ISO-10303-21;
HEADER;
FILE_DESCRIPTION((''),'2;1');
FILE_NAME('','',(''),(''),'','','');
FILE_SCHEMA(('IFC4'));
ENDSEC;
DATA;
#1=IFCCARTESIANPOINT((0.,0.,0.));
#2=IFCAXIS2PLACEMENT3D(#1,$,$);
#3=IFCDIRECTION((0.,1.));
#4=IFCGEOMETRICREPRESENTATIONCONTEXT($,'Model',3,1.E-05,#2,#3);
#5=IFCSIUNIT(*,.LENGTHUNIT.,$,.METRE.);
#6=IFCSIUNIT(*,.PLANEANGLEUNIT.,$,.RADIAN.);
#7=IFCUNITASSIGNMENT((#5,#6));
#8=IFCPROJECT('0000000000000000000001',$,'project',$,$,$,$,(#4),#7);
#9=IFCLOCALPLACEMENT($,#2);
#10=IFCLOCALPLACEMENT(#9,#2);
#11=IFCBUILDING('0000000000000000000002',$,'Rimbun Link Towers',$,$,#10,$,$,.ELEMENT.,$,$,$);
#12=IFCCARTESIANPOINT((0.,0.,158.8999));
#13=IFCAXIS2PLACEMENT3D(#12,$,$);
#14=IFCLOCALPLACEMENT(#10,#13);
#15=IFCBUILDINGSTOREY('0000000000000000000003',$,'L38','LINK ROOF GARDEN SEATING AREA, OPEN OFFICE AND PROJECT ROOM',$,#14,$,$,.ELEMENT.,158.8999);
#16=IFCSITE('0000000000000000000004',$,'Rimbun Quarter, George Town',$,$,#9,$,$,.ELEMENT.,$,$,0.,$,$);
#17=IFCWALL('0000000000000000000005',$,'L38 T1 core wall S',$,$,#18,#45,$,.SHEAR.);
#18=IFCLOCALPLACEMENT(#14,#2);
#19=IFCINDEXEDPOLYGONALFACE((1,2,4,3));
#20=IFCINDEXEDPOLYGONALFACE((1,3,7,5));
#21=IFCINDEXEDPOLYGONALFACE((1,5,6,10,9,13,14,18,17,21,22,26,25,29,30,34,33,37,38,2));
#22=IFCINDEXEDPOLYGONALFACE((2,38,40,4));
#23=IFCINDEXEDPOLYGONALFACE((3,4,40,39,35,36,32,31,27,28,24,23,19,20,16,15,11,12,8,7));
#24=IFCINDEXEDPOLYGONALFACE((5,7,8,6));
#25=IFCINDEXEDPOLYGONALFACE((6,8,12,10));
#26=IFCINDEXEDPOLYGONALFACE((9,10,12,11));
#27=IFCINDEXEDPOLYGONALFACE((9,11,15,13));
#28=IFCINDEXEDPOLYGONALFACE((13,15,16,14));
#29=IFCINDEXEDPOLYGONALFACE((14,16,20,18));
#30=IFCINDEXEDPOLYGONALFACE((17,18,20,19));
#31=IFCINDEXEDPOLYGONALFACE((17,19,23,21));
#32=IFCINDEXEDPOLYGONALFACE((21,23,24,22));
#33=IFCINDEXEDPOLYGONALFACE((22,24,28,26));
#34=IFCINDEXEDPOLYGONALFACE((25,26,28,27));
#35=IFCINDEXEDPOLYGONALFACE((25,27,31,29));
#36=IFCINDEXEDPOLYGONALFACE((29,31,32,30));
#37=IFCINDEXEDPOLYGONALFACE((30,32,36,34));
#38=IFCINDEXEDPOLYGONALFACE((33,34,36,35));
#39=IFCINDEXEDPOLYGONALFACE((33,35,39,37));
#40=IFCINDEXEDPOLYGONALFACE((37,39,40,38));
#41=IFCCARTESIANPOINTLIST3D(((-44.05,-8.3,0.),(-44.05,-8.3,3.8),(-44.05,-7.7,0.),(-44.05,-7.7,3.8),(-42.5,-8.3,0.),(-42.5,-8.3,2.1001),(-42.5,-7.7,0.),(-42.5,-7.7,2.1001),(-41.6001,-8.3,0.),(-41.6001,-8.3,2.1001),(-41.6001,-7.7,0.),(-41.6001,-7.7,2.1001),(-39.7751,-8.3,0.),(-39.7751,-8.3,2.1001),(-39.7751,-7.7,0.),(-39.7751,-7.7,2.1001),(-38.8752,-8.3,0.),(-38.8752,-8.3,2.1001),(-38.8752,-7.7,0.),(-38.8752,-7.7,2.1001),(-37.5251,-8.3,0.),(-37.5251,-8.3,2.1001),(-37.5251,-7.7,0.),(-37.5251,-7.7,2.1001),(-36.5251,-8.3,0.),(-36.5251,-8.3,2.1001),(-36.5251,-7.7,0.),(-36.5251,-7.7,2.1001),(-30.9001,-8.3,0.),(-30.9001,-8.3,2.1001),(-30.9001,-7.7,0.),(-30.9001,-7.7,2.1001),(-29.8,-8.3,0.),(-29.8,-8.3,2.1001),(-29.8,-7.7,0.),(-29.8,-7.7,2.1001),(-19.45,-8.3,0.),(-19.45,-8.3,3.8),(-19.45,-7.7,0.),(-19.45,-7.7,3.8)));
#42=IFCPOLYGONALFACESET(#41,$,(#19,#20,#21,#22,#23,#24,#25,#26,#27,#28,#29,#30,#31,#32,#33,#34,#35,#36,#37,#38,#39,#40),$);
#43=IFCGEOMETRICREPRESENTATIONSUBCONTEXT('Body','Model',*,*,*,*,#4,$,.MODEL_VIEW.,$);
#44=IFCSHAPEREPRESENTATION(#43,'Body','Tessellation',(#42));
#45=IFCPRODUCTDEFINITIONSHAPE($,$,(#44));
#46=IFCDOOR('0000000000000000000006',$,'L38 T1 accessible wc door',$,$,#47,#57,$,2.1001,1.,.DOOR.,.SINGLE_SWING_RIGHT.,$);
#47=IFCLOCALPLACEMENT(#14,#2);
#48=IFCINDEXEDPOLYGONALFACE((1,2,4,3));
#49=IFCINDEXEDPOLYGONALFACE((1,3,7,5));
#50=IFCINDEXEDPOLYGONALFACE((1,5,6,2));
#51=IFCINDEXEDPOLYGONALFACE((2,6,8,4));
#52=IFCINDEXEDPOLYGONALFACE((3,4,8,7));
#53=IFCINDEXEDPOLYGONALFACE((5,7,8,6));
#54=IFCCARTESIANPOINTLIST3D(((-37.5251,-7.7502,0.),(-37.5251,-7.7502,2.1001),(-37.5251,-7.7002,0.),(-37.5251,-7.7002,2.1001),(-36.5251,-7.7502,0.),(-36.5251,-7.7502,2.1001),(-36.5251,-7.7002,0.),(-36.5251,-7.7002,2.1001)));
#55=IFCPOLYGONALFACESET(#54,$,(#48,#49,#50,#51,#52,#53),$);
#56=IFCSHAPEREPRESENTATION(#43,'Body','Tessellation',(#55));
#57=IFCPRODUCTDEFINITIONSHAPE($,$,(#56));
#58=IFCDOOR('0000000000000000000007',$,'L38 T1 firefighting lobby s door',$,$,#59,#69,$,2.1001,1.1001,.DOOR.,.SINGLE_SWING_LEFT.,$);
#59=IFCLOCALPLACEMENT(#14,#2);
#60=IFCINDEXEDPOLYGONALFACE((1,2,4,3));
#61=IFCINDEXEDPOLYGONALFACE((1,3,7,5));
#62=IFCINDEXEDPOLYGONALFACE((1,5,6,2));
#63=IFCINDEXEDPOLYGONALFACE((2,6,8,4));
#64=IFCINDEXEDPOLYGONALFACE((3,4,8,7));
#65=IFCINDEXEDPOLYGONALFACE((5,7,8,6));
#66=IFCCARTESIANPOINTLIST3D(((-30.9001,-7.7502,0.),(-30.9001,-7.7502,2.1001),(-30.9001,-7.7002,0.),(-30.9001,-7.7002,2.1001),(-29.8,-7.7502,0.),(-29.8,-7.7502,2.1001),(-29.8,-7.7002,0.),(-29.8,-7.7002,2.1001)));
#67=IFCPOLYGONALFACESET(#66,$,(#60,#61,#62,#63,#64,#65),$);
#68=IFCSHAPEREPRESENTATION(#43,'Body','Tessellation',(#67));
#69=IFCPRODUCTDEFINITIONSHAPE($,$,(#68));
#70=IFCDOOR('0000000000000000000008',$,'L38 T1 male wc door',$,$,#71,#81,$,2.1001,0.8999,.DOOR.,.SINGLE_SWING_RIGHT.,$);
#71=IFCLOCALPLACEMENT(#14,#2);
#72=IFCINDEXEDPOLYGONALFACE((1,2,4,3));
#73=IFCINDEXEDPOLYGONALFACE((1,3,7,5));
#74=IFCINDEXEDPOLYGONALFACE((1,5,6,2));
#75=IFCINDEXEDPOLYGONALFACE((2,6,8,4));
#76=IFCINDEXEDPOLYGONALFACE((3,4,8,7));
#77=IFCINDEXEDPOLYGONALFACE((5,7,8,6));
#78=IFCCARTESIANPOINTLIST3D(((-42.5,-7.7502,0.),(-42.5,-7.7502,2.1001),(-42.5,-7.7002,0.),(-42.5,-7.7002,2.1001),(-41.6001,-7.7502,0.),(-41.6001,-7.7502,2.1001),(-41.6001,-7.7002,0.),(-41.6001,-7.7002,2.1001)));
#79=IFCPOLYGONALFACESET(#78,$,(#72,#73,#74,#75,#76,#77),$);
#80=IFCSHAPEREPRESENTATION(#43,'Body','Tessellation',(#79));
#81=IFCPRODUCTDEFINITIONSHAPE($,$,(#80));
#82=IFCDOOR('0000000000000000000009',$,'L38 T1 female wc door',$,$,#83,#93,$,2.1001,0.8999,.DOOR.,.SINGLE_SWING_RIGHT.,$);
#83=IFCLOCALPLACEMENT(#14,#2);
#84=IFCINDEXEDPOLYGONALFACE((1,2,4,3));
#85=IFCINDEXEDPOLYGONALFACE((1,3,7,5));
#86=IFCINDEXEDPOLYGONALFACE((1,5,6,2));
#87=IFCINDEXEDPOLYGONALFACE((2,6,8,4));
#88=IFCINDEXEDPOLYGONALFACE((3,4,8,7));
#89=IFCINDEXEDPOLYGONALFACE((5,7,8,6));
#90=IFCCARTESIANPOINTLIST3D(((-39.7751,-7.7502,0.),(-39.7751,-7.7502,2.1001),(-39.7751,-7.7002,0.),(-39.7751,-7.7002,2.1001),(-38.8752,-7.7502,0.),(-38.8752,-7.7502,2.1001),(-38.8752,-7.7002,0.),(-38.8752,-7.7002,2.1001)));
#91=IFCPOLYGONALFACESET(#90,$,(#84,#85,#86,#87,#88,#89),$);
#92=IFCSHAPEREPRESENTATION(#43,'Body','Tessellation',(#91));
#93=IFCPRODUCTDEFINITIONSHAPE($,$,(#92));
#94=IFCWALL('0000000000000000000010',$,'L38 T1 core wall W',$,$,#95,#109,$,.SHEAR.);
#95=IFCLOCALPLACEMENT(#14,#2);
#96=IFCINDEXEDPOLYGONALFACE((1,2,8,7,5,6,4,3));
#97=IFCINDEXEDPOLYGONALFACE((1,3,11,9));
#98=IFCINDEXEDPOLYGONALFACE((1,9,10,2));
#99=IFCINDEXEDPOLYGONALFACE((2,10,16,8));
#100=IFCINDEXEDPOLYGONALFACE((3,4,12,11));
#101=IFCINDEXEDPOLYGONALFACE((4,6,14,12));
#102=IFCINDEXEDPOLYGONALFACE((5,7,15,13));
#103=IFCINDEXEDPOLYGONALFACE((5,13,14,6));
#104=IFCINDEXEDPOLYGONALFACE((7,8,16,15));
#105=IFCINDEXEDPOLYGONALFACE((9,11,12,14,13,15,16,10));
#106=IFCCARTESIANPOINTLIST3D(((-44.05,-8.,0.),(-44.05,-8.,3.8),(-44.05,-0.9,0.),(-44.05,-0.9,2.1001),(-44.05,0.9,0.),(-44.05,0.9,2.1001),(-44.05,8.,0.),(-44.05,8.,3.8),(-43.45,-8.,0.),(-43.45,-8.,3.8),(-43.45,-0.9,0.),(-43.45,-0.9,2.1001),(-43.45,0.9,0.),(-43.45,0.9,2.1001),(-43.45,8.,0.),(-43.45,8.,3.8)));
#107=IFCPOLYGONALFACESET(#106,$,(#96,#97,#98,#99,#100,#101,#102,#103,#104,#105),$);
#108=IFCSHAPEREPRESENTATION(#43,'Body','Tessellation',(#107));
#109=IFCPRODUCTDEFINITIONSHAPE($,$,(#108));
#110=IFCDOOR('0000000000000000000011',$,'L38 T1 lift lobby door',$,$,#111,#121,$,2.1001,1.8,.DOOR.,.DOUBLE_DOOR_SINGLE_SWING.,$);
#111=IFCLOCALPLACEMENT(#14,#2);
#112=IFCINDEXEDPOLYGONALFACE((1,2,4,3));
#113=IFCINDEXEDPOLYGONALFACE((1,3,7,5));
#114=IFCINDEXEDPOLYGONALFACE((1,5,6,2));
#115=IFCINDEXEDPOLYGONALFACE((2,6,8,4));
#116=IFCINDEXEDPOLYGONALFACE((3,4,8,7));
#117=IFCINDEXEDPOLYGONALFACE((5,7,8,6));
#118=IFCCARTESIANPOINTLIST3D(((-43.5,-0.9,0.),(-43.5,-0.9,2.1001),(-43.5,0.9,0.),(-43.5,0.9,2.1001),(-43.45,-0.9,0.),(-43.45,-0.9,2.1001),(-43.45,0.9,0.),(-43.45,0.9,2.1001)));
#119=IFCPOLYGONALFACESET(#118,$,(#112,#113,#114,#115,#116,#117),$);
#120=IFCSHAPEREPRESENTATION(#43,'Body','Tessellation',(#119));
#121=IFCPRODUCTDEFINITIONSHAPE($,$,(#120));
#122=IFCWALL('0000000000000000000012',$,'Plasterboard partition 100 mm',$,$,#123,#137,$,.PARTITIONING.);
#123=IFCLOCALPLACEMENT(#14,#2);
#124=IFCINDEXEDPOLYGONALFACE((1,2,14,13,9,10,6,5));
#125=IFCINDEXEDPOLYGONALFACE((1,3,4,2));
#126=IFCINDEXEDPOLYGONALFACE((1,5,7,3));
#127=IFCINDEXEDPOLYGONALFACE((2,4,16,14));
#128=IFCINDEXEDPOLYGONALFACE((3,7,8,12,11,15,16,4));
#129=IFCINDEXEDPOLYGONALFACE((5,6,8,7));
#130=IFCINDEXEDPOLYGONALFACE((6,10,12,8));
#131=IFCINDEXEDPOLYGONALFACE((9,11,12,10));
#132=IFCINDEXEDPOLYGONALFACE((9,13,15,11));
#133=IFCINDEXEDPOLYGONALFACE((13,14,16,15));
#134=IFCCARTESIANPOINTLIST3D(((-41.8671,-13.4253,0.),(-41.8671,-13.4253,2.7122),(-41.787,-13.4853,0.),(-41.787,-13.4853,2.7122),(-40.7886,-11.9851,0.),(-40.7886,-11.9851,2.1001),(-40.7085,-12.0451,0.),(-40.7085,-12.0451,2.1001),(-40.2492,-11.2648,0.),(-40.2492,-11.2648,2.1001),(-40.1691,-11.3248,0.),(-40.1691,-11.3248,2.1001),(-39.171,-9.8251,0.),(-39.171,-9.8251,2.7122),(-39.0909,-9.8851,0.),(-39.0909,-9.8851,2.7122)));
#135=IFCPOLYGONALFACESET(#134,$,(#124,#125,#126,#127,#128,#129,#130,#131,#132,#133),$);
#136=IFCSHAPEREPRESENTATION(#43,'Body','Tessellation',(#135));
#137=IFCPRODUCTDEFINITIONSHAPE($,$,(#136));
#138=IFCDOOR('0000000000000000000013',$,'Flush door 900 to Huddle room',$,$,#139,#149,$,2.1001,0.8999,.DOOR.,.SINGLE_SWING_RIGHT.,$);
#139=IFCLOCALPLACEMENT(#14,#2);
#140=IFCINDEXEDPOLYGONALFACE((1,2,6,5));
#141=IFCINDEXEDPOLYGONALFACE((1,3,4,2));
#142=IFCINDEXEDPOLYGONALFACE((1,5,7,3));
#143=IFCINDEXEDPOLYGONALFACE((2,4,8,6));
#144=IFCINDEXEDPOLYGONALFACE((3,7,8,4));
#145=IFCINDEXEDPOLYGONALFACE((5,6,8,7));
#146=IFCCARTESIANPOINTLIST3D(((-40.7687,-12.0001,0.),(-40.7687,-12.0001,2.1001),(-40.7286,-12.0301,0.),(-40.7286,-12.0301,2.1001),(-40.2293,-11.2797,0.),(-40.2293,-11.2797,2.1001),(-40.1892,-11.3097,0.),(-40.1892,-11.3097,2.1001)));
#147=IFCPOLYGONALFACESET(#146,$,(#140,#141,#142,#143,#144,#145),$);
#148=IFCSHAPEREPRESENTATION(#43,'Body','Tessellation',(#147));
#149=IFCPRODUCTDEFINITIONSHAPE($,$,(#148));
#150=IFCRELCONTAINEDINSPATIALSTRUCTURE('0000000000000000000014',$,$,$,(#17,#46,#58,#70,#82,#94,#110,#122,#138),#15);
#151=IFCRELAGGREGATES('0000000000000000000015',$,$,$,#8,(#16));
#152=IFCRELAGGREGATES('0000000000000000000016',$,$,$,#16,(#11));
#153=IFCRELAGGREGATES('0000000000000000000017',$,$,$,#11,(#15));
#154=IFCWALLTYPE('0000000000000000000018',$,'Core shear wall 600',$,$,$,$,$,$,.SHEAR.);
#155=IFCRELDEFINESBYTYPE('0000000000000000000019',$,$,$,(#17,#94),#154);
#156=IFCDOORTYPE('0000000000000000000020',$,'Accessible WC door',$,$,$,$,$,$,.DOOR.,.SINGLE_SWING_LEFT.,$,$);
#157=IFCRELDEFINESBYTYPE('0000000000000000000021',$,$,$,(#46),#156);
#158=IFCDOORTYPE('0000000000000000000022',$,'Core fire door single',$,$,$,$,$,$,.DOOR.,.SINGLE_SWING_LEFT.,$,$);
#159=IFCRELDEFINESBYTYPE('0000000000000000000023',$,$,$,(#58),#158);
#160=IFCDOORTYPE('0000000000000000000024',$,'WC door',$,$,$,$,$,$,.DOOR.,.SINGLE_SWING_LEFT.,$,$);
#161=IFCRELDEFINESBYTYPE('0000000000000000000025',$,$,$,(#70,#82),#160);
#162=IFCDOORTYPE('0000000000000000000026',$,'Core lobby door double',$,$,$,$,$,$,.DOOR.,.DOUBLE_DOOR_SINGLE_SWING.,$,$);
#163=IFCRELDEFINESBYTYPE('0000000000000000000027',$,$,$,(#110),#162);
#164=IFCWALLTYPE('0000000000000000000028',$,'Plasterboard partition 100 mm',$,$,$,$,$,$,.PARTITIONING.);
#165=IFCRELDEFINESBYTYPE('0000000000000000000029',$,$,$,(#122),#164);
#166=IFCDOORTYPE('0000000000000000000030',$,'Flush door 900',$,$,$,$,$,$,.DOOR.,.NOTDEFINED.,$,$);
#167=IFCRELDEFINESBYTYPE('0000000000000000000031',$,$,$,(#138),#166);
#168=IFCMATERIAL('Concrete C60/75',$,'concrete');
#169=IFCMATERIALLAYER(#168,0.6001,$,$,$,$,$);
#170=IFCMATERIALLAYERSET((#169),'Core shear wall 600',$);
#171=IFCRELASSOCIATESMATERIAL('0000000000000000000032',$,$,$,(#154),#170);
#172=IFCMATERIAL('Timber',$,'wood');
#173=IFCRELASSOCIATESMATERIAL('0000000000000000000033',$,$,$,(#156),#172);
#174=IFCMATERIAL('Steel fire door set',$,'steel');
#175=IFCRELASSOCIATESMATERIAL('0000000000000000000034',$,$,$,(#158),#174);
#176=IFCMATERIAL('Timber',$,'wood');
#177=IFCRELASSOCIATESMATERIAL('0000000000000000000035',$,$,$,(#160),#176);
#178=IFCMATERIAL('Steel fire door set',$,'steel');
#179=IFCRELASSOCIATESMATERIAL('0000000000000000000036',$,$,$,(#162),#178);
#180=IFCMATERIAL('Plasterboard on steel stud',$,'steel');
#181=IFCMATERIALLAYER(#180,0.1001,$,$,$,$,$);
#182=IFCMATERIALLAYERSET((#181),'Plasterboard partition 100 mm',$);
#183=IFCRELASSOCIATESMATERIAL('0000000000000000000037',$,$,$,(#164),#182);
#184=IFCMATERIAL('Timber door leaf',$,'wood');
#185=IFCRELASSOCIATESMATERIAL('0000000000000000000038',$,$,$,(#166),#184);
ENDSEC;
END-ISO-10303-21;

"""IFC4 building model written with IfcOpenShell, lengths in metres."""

from ifc_helpers import new_model, si_unit, direction, frame, frame_2d, origin, place, context, subcontext, project, spatial, rectangle, extrude, material, layer, layer_set, type_object, element, fill, save


model = new_model("IFC4")

# Units and contexts
model_context = context("Model", 3, precision=1e-05, world=origin(), true_north=direction((0.0, 1.0)))
body_context = subcontext(model_context, "Body", "Model", "MODEL_VIEW")
ifc_project = project(units=[si_unit("LENGTHUNIT", "METRE"), si_unit("PLANEANGLEUNIT", "RADIAN")], contexts=[model_context])

# Site, building, storey
site_placement = place(None, origin())
site = spatial("IfcSite", under=ifc_project, at=site_placement, Name="Rimbun Quarter, George Town", CompositionType="ELEMENT", RefElevation=0.0)
building_placement = place(site_placement, origin())
building = spatial("IfcBuilding", under=site, at=building_placement, Name="Rimbun Link Towers", CompositionType="ELEMENT")
storey_placement = place(building_placement, frame((0.0, 0.0, 158.8999)))
storey = spatial("IfcBuildingStorey", under=building, at=storey_placement, Name="L38", Description="LINK ROOF GARDEN SEATING AREA, OPEN OFFICE AND PROJECT ROOM", CompositionType="ELEMENT", Elevation=158.8999)

# Wall, openings, doors
ifc_material_1 = material(Name="Concrete C60/75", Category="concrete")
ifc_layer_1 = layer(ifc_material_1, 0.6001)
ifc_layer_set_1 = layer_set([ifc_layer_1], Name="Core shear wall 600")
wall_type_1 = type_object("IfcWallType", Name="Core shear wall 600", PredefinedType="SHEAR", material=ifc_layer_set_1)
wall_1_placement = place(storey_placement, frame((-44.05, -8.0, 0.0), z_axis=(0.0, 0.0, 1.0), x_axis=(1.0, 0.0, 0.0)))
wall_1 = element("IfcWall", 1, at=wall_1_placement, inside=storey, type_object=wall_type_1, Name="L38 T1 core wall S", PredefinedType="SHEAR", context=body_context, shape_type="SweptSolid", body=[
    extrude(rectangle(XDim=24.6001, YDim=0.6001, at=frame_2d((12.3, 0.0))), origin(), (0.0, 0.0, 1.0), 3.8),
])
opening_1_placement = place(wall_1_placement, frame((13.1499, 0.0, 0.0)))
opening_1 = element("IfcOpeningElement", 2, at=opening_1_placement, cuts=wall_1, PredefinedType="OPENING", context=body_context, shape_type="SweptSolid", body=[
    extrude(rectangle(XDim=1.1001, YDim=2.1001, at=frame_2d((0.55, 1.05))), frame((0.0, 0.3101, 0.0), z_axis=(0.0, -1.0, 0.0), x_axis=(1.0, 0.0, 0.0)), (0.0, 0.0, 1.0), 0.6201),
])
opening_2_placement = place(wall_1_placement, frame((1.55, 0.0, 0.0)))
opening_2 = element("IfcOpeningElement", 3, at=opening_2_placement, cuts=wall_1, PredefinedType="OPENING", context=body_context, shape_type="SweptSolid", body=[
    extrude(rectangle(XDim=0.8999, YDim=2.1001, at=frame_2d((0.45, 1.05))), frame((0.0, 0.3101, 0.0), z_axis=(0.0, -1.0, 0.0), x_axis=(1.0, 0.0, 0.0)), (0.0, 0.0, 1.0), 0.6201),
])
opening_3_placement = place(wall_1_placement, frame((4.2749, 0.0, 0.0)))
opening_3 = element("IfcOpeningElement", 4, at=opening_3_placement, cuts=wall_1, PredefinedType="OPENING", context=body_context, shape_type="SweptSolid", body=[
    extrude(rectangle(XDim=0.8999, YDim=2.1001, at=frame_2d((0.45, 1.05))), frame((0.0, 0.3101, 0.0), z_axis=(0.0, -1.0, 0.0), x_axis=(1.0, 0.0, 0.0)), (0.0, 0.0, 1.0), 0.6201),
])
opening_4_placement = place(wall_1_placement, frame((6.5249, 0.0, 0.0)))
opening_4 = element("IfcOpeningElement", 5, at=opening_4_placement, cuts=wall_1, PredefinedType="OPENING", context=body_context, shape_type="SweptSolid", body=[
    extrude(rectangle(XDim=1.0, YDim=2.1001, at=frame_2d((0.5, 1.05))), frame((0.0, 0.3101, 0.0), z_axis=(0.0, -1.0, 0.0), x_axis=(1.0, 0.0, 0.0)), (0.0, 0.0, 1.0), 0.6201),
])
ifc_material_2 = material(Name="Timber", Category="wood")
door_type_1 = type_object("IfcDoorType", Name="Accessible WC door", OperationType="SINGLE_SWING_LEFT", PredefinedType="DOOR", material=ifc_material_2)
door_1_placement = place(opening_4_placement, origin())
door_1 = element("IfcDoor", 6, at=door_1_placement, inside=storey, type_object=door_type_1, Name="L38 T1 accessible wc door", OperationType="SINGLE_SWING_RIGHT", OverallHeight=2.1001, OverallWidth=1.0, PredefinedType="DOOR", context=body_context, shape_type="SweptSolid", body=[
    extrude(rectangle(XDim=1.0, YDim=2.1001, at=frame_2d((0.5, 1.05))), frame((0.0, 0.2998, 0.0), z_axis=(0.0, -1.0, 0.0), x_axis=(1.0, 0.0, 0.0)), (0.0, 0.0, 1.0), 0.05),
])
fill(opening_4, door_1)
ifc_material_3 = material(Name="Steel fire door set", Category="steel")
door_type_2 = type_object("IfcDoorType", Name="Core fire door single", OperationType="SINGLE_SWING_LEFT", PredefinedType="DOOR", material=ifc_material_3)
door_2_placement = place(opening_1_placement, origin())
door_2 = element("IfcDoor", 7, at=door_2_placement, inside=storey, type_object=door_type_2, Name="L38 T1 firefighting lobby s door", OperationType="SINGLE_SWING_LEFT", OverallHeight=2.1001, OverallWidth=1.1001, PredefinedType="DOOR", context=body_context, shape_type="SweptSolid", body=[
    extrude(rectangle(XDim=1.1001, YDim=2.1001, at=frame_2d((0.55, 1.05))), frame((0.0, 0.2998, 0.0), z_axis=(0.0, -1.0, 0.0), x_axis=(1.0, 0.0, 0.0)), (0.0, 0.0, 1.0), 0.05),
])
fill(opening_1, door_2)
ifc_material_4 = material(Name="Timber", Category="wood")
door_type_3 = type_object("IfcDoorType", Name="WC door", OperationType="SINGLE_SWING_LEFT", PredefinedType="DOOR", material=ifc_material_4)
door_3_placement = place(opening_2_placement, origin())
door_3 = element("IfcDoor", 8, at=door_3_placement, inside=storey, type_object=door_type_3, Name="L38 T1 male wc door", OperationType="SINGLE_SWING_RIGHT", OverallHeight=2.1001, OverallWidth=0.8999, PredefinedType="DOOR", context=body_context, shape_type="SweptSolid", body=[
    extrude(rectangle(XDim=0.8999, YDim=2.1001, at=frame_2d((0.45, 1.05))), frame((0.0, 0.2998, 0.0), z_axis=(0.0, -1.0, 0.0), x_axis=(1.0, 0.0, 0.0)), (0.0, 0.0, 1.0), 0.05),
])
fill(opening_2, door_3)
door_4_placement = place(opening_3_placement, origin())
door_4 = element("IfcDoor", 9, at=door_4_placement, inside=storey, type_object=door_type_3, Name="L38 T1 female wc door", OperationType="SINGLE_SWING_RIGHT", OverallHeight=2.1001, OverallWidth=0.8999, PredefinedType="DOOR", context=body_context, shape_type="SweptSolid", body=[
    extrude(rectangle(XDim=0.8999, YDim=2.1001, at=frame_2d((0.45, 1.05))), frame((0.0, 0.2998, 0.0), z_axis=(0.0, -1.0, 0.0), x_axis=(1.0, 0.0, 0.0)), (0.0, 0.0, 1.0), 0.05),
])
fill(opening_3, door_4)

# Walls, openings, doors
wall_2_placement = place(storey_placement, frame((-43.75, -8.0, 0.0), z_axis=(0.0, 0.0, 1.0), x_axis=(0.0, 1.0, 0.0)))
wall_2 = element("IfcWall", 10, at=wall_2_placement, inside=storey, type_object=wall_type_1, Name="L38 T1 core wall W", PredefinedType="SHEAR", context=body_context, shape_type="SweptSolid", body=[
    extrude(rectangle(XDim=16.0, YDim=0.6001, at=frame_2d((8.0, 0.0))), origin(), (0.0, 0.0, 1.0), 3.8),
])
opening_5_placement = place(wall_2_placement, frame((7.1001, 0.0, 0.0)))
opening_5 = element("IfcOpeningElement", 11, at=opening_5_placement, cuts=wall_2, PredefinedType="OPENING", context=body_context, shape_type="SweptSolid", body=[
    extrude(rectangle(XDim=1.8, YDim=2.1001, at=frame_2d((0.8999, 1.05))), frame((0.0, 0.3101, 0.0), z_axis=(0.0, -1.0, 0.0), x_axis=(1.0, 0.0, 0.0)), (0.0, 0.0, 1.0), 0.6201),
])
ifc_material_5 = material(Name="Steel fire door set", Category="steel")
door_type_4 = type_object("IfcDoorType", Name="Core lobby door double", OperationType="DOUBLE_DOOR_SINGLE_SWING", PredefinedType="DOOR", material=ifc_material_5)
door_5_placement = place(opening_5_placement, origin())
door_5 = element("IfcDoor", 12, at=door_5_placement, inside=storey, type_object=door_type_4, Name="L38 T1 lift lobby door", OperationType="DOUBLE_DOOR_SINGLE_SWING", OverallHeight=2.1001, OverallWidth=1.8, PredefinedType="DOOR", context=body_context, shape_type="SweptSolid", body=[
    extrude(rectangle(XDim=1.8, YDim=2.1001, at=frame_2d((0.8999, 1.05))), frame((0.0, -0.25, 0.0), z_axis=(0.0, -1.0, 0.0), x_axis=(1.0, 0.0, 0.0)), (0.0, 0.0, 1.0), 0.05),
])
fill(opening_5, door_5)
ifc_material_6 = material(Name="Plasterboard on steel stud", Category="steel")
ifc_layer_2 = layer(ifc_material_6, 0.1001)
ifc_layer_set_2 = layer_set([ifc_layer_2], Name="Plasterboard partition 100 mm")
wall_type_2 = type_object("IfcWallType", Name="Plasterboard partition 100 mm", PredefinedType="PARTITIONING", material=ifc_layer_set_2)
wall_3_placement = place(storey_placement, frame((-39.1309, -9.855, 0.0), z_axis=(0.0, 0.0, 1.0), x_axis=(-0.599427, -0.80043, 0.0)))
wall_3 = element("IfcWall", 13, at=wall_3_placement, inside=storey, type_object=wall_type_2, Name="Plasterboard partition 100 mm", PredefinedType="PARTITIONING", context=body_context, shape_type="SweptSolid", body=[
    extrude(rectangle(XDim=4.4978, YDim=0.1001, at=frame_2d((2.249, 0.0))), origin(), (0.0, 0.0, 1.0), 2.7122),
])
opening_6_placement = place(wall_3_placement, frame((1.7988, 0.0, 0.0)))
opening_6 = element("IfcOpeningElement", 14, at=opening_6_placement, cuts=wall_3, PredefinedType="OPENING", context=body_context, shape_type="SweptSolid", body=[
    extrude(rectangle(XDim=0.8999, YDim=2.1001, at=frame_2d((0.45, 1.05))), frame((0.0, 0.0601, 0.0), z_axis=(0.0, -1.0, 0.0), x_axis=(1.0, 0.0, 0.0)), (0.0, 0.0, 1.0), 0.1201),
])
ifc_material_7 = material(Name="Timber door leaf", Category="wood")
door_type_5 = type_object("IfcDoorType", Name="Flush door 900", OperationType="NOTDEFINED", PredefinedType="DOOR", material=ifc_material_7)
door_6_placement = place(opening_6_placement, origin())
door_6 = element("IfcDoor", 15, at=door_6_placement, inside=storey, type_object=door_type_5, Name="Flush door 900 to Huddle room", OperationType="SINGLE_SWING_RIGHT", OverallHeight=2.1001, OverallWidth=0.8999, PredefinedType="DOOR", context=body_context, shape_type="SweptSolid", body=[
    extrude(rectangle(XDim=0.8999, YDim=2.1001, at=frame_2d((0.45, 1.05))), frame((0.0, 0.0249, 0.0), z_axis=(0.0, -1.0, 0.0), x_axis=(1.0, 0.0, 0.0)), (0.0, 0.0, 1.0), 0.05),
])
fill(opening_6, door_6)

save(model, "model.ifc")
